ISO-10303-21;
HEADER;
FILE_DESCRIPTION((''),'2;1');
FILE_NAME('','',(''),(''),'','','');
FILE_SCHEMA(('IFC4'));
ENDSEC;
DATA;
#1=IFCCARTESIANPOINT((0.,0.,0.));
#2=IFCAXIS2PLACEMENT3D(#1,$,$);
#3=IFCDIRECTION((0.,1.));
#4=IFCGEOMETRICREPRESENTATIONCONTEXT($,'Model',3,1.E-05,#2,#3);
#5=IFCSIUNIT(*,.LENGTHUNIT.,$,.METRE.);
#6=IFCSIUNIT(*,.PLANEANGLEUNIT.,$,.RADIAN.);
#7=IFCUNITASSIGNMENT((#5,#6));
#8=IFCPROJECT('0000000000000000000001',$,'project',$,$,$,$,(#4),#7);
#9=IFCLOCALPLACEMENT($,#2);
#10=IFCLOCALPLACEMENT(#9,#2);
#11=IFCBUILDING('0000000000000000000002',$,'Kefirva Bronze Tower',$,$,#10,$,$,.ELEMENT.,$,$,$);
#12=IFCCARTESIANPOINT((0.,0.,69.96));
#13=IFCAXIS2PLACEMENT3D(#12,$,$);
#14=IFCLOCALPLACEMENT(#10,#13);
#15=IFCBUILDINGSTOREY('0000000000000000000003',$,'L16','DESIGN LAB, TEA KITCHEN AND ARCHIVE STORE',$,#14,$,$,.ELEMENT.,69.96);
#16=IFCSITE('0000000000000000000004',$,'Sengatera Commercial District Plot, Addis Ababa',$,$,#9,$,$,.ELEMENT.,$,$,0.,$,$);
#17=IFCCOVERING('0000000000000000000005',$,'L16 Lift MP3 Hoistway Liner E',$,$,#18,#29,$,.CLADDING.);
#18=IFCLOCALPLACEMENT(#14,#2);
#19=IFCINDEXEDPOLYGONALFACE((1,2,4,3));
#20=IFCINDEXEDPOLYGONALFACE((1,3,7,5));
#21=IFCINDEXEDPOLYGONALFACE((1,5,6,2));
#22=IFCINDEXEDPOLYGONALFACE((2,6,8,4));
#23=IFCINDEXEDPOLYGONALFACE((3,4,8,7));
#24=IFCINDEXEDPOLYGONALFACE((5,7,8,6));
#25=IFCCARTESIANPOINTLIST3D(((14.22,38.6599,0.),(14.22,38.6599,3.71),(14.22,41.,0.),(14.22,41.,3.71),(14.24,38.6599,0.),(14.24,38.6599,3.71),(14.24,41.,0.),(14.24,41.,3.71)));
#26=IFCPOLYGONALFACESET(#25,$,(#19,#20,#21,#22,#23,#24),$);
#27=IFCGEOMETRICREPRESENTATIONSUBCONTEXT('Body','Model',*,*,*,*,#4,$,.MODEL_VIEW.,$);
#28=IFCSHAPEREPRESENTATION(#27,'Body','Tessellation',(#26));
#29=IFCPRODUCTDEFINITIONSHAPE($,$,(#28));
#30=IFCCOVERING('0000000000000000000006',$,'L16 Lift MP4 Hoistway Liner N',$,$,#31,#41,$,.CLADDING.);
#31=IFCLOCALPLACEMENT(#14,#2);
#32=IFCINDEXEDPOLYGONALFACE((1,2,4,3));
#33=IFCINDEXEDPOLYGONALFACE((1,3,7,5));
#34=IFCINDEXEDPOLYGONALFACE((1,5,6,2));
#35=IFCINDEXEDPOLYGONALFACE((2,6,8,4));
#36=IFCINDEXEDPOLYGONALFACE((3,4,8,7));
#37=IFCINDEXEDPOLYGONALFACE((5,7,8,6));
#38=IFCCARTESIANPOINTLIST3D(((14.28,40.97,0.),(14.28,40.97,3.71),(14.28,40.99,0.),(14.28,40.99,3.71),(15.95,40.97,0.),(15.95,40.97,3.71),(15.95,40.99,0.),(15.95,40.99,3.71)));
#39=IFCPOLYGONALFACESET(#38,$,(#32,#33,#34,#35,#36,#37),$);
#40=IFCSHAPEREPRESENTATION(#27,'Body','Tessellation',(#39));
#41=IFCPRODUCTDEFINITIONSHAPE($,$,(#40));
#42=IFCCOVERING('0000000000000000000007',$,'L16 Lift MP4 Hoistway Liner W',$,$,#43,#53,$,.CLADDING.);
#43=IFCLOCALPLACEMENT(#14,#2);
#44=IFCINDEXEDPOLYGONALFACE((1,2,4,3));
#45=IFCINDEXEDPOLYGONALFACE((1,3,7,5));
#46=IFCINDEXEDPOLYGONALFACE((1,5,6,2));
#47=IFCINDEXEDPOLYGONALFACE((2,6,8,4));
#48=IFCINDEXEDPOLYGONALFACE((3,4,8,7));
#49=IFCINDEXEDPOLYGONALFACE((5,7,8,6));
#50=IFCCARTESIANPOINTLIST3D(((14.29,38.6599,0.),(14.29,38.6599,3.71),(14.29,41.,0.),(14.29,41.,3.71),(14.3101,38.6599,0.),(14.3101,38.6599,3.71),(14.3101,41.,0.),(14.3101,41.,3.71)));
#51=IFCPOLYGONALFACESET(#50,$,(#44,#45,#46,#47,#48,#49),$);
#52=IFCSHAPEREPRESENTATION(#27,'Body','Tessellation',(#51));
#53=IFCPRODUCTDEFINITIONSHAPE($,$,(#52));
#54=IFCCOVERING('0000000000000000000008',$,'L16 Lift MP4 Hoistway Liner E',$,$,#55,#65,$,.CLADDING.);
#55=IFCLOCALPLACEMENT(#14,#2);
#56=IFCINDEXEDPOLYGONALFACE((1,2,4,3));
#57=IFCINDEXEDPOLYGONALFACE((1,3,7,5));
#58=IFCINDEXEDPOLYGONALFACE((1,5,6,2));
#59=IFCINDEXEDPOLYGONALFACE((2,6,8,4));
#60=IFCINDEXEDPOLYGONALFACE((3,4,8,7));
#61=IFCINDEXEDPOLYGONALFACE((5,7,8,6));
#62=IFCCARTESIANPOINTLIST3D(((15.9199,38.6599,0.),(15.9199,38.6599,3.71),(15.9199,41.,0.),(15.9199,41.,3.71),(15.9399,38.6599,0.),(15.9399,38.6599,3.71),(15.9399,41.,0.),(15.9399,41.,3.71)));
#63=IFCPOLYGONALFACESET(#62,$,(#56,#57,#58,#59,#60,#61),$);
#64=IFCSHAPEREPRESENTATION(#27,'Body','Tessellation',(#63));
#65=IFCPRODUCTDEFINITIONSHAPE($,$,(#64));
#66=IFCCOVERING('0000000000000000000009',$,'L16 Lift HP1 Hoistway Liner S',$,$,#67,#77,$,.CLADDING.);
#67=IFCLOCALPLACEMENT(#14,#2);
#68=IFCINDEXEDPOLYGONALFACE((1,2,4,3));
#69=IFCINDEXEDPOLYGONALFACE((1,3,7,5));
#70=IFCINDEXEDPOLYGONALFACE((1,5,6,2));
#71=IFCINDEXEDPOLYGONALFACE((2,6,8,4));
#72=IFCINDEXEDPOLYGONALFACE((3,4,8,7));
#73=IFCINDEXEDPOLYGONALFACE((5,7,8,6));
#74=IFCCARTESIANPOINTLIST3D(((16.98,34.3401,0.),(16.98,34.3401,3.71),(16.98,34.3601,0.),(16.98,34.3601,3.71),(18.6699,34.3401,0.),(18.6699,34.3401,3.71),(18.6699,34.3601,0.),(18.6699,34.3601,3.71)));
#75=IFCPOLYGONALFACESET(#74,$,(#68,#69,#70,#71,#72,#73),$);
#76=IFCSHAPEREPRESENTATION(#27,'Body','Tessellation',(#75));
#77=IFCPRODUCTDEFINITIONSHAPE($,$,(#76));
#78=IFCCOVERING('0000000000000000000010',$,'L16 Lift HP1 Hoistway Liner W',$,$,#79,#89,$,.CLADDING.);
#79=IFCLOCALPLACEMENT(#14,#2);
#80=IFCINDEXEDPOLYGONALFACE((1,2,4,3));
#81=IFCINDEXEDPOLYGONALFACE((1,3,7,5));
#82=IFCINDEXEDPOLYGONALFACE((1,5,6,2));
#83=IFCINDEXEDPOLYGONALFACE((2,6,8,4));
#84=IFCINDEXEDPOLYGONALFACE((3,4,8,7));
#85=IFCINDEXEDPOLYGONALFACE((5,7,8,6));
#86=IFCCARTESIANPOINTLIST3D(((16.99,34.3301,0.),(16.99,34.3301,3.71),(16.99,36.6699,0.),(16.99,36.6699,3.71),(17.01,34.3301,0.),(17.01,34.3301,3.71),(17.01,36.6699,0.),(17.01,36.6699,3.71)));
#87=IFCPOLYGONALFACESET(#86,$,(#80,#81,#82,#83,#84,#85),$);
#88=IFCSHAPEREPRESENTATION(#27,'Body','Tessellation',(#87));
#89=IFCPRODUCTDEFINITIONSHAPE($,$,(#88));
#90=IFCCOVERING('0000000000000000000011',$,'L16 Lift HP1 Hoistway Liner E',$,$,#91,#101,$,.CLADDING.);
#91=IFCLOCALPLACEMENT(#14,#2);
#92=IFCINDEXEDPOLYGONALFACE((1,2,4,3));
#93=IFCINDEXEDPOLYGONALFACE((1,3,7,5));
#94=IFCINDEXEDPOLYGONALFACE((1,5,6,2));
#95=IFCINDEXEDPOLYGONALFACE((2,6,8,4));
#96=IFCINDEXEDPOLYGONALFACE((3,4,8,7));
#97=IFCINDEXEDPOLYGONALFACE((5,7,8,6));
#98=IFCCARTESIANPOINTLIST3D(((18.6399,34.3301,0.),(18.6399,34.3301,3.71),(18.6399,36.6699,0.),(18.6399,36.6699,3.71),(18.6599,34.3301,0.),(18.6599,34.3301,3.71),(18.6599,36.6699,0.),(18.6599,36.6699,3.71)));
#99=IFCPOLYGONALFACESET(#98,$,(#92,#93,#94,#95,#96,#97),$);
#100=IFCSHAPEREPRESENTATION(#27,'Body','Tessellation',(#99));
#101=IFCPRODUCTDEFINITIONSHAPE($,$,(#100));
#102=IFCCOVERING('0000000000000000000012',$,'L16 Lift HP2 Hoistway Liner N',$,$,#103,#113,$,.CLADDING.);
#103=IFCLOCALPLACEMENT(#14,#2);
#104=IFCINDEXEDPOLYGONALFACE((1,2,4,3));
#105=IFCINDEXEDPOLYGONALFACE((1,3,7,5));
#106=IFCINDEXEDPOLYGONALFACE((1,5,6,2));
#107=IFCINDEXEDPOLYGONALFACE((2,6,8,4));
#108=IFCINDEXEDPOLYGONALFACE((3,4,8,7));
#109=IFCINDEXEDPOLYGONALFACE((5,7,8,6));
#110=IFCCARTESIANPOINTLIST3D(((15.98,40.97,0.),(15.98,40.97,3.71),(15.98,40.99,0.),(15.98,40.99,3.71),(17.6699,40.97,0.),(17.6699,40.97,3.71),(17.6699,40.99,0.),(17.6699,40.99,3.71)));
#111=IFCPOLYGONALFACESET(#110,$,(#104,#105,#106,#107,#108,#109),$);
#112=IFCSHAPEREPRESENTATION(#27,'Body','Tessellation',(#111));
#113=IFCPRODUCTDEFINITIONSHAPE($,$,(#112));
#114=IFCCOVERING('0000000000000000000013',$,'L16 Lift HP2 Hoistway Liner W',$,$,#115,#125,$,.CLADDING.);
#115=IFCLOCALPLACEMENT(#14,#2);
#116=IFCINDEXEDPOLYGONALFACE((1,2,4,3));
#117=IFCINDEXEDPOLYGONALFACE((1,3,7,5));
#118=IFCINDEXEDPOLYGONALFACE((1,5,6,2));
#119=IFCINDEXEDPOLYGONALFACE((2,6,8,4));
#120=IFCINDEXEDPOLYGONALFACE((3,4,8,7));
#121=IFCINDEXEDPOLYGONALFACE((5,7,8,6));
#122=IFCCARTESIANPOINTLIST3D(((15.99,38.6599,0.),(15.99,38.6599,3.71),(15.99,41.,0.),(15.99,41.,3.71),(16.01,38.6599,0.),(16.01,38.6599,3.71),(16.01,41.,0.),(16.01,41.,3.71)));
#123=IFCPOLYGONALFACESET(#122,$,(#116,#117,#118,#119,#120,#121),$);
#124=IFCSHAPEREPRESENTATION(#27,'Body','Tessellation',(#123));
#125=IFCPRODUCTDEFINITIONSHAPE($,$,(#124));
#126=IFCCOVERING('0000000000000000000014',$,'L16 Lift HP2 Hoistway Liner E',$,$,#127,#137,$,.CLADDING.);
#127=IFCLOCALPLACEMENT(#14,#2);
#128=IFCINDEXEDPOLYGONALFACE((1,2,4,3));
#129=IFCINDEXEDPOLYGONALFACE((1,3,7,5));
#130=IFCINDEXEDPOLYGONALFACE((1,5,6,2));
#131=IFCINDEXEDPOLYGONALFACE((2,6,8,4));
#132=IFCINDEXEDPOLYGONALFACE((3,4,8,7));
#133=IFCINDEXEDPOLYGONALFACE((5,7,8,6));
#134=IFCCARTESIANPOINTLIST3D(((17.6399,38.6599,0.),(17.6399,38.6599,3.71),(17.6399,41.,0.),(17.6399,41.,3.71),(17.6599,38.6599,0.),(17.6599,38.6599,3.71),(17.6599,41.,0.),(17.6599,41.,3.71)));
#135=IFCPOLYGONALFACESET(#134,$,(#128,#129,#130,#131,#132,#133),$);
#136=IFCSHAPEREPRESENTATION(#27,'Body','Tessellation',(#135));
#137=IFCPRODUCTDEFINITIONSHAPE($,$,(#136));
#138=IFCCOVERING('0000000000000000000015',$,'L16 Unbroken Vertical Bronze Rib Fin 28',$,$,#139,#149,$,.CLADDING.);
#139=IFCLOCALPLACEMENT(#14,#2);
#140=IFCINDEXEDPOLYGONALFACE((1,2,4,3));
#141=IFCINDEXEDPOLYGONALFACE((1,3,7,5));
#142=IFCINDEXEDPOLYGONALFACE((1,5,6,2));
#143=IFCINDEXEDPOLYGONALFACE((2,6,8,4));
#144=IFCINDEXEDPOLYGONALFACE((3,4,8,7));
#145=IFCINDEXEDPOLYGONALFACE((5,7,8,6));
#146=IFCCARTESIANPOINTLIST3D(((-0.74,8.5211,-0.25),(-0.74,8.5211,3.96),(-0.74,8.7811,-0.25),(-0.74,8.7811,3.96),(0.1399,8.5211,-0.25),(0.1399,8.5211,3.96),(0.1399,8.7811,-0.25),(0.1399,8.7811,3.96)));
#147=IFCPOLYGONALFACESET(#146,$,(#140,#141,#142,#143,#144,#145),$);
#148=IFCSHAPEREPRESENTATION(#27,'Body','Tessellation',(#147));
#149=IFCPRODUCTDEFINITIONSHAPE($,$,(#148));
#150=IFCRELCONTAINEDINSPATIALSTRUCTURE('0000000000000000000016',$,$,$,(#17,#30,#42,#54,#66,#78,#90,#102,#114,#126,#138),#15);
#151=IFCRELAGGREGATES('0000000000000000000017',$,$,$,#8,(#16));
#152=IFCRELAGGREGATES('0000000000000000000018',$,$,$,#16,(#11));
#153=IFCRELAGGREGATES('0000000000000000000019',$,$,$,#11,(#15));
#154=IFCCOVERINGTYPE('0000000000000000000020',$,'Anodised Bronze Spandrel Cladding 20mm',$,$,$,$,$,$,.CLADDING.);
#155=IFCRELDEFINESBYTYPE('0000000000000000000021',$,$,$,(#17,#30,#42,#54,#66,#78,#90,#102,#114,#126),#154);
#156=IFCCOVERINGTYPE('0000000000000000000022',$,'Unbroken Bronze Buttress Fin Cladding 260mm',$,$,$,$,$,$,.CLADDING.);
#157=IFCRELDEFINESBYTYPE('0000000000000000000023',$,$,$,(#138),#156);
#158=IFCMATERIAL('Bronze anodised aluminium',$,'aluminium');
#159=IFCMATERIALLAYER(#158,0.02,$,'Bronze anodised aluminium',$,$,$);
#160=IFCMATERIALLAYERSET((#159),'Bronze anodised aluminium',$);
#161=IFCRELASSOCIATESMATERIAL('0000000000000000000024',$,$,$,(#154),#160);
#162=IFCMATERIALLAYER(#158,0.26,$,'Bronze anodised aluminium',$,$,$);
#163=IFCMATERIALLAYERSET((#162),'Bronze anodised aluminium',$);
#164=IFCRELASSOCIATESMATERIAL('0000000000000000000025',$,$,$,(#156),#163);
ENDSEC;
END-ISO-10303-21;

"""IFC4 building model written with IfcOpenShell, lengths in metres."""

from ifc_helpers import new_model, si_unit, direction, frame, origin, origin_2d, place, context, subcontext, project, spatial, polyline, rectangle, outline, extrude, material, layer, layer_set, type_object, element, save


model = new_model("IFC4")

# Units and contexts
model_context = context("Model", 3, precision=1e-05, world=origin(), true_north=direction((0.0, 1.0)))
body_context = subcontext(model_context, "Body", "Model", "MODEL_VIEW")
ifc_project = project(units=[si_unit("LENGTHUNIT", "METRE"), si_unit("PLANEANGLEUNIT", "RADIAN")], contexts=[model_context])

# Site, building, storey
site_placement = place(None, origin())
site = spatial("IfcSite", under=ifc_project, at=site_placement, Name="Sengatera Commercial District Plot, Addis Ababa", CompositionType="ELEMENT", RefElevation=0.0)
building_placement = place(site_placement, origin())
building = spatial("IfcBuilding", under=site, at=building_placement, Name="Kefirva Bronze Tower", CompositionType="ELEMENT")
storey_placement = place(building_placement, frame((0.0, 0.0, 69.96)))
storey = spatial("IfcBuildingStorey", under=building, at=storey_placement, Name="L16", Description="DESIGN LAB, TEA KITCHEN AND ARCHIVE STORE", CompositionType="ELEMENT", Elevation=69.96)

# Coverings
ifc_material = material(Name="Bronze anodised aluminium", Category="aluminium")
ifc_layer_1 = layer(ifc_material, 0.02, Name="Bronze anodised aluminium")
ifc_layer_set_1 = layer_set([ifc_layer_1], Name="Bronze anodised aluminium")
covering_type_1 = type_object("IfcCoveringType", Name="Anodised Bronze Spandrel Cladding 20mm", PredefinedType="CLADDING", material=ifc_layer_set_1)
covering_1_placement = place(storey_placement, origin())
element("IfcCovering", 1, at=covering_1_placement, inside=storey, type_object=covering_type_1, Name="L16 Lift MP3 Hoistway Liner E", PredefinedType="CLADDING", context=body_context, shape_type="SweptSolid", body=[
    extrude(outline(polyline([(14.22, 38.6599), (14.24, 38.6599), (14.24, 41.0), (14.22, 41.0), (14.22, 38.6599)])), origin(), (0.0, 0.0, 1.0), 3.71),
])
covering_2_placement = place(storey_placement, origin())
element("IfcCovering", 2, at=covering_2_placement, inside=storey, type_object=covering_type_1, Name="L16 Lift MP4 Hoistway Liner N", PredefinedType="CLADDING", context=body_context, shape_type="SweptSolid", body=[
    extrude(outline(polyline([(14.28, 40.97), (15.95, 40.97), (15.95, 40.99), (14.28, 40.99), (14.28, 40.97)])), origin(), (0.0, 0.0, 1.0), 3.71),
])
covering_3_placement = place(storey_placement, origin())
element("IfcCovering", 3, at=covering_3_placement, inside=storey, type_object=covering_type_1, Name="L16 Lift MP4 Hoistway Liner W", PredefinedType="CLADDING", context=body_context, shape_type="SweptSolid", body=[
    extrude(outline(polyline([(14.29, 38.6599), (14.3101, 38.6599), (14.3101, 41.0), (14.29, 41.0), (14.29, 38.6599)])), origin(), (0.0, 0.0, 1.0), 3.71),
])
covering_4_placement = place(storey_placement, origin())
element("IfcCovering", 4, at=covering_4_placement, inside=storey, type_object=covering_type_1, Name="L16 Lift MP4 Hoistway Liner E", PredefinedType="CLADDING", context=body_context, shape_type="SweptSolid", body=[
    extrude(outline(polyline([(15.9199, 38.6599), (15.9399, 38.6599), (15.9399, 41.0), (15.9199, 41.0), (15.9199, 38.6599)])), origin(), (0.0, 0.0, 1.0), 3.71),
])
covering_5_placement = place(storey_placement, origin())
element("IfcCovering", 5, at=covering_5_placement, inside=storey, type_object=covering_type_1, Name="L16 Lift HP1 Hoistway Liner S", PredefinedType="CLADDING", context=body_context, shape_type="SweptSolid", body=[
    extrude(outline(polyline([(16.98, 34.3401), (18.6699, 34.3401), (18.6699, 34.3601), (16.98, 34.3601), (16.98, 34.3401)])), origin(), (0.0, 0.0, 1.0), 3.71),
])
covering_6_placement = place(storey_placement, origin())
element("IfcCovering", 6, at=covering_6_placement, inside=storey, type_object=covering_type_1, Name="L16 Lift HP1 Hoistway Liner W", PredefinedType="CLADDING", context=body_context, shape_type="SweptSolid", body=[
    extrude(outline(polyline([(16.99, 34.3301), (17.01, 34.3301), (17.01, 36.6699), (16.99, 36.6699), (16.99, 34.3301)])), origin(), (0.0, 0.0, 1.0), 3.71),
])
covering_7_placement = place(storey_placement, origin())
element("IfcCovering", 7, at=covering_7_placement, inside=storey, type_object=covering_type_1, Name="L16 Lift HP1 Hoistway Liner E", PredefinedType="CLADDING", context=body_context, shape_type="SweptSolid", body=[
    extrude(outline(polyline([(18.6399, 34.3301), (18.6599, 34.3301), (18.6599, 36.6699), (18.6399, 36.6699), (18.6399, 34.3301)])), origin(), (0.0, 0.0, 1.0), 3.71),
])
covering_8_placement = place(storey_placement, origin())
element("IfcCovering", 8, at=covering_8_placement, inside=storey, type_object=covering_type_1, Name="L16 Lift HP2 Hoistway Liner N", PredefinedType="CLADDING", context=body_context, shape_type="SweptSolid", body=[
    extrude(outline(polyline([(15.98, 40.97), (17.6699, 40.97), (17.6699, 40.99), (15.98, 40.99), (15.98, 40.97)])), origin(), (0.0, 0.0, 1.0), 3.71),
])
covering_9_placement = place(storey_placement, origin())
element("IfcCovering", 9, at=covering_9_placement, inside=storey, type_object=covering_type_1, Name="L16 Lift HP2 Hoistway Liner W", PredefinedType="CLADDING", context=body_context, shape_type="SweptSolid", body=[
    extrude(outline(polyline([(15.99, 38.6599), (16.01, 38.6599), (16.01, 41.0), (15.99, 41.0), (15.99, 38.6599)])), origin(), (0.0, 0.0, 1.0), 3.71),
])
covering_10_placement = place(storey_placement, origin())
element("IfcCovering", 10, at=covering_10_placement, inside=storey, type_object=covering_type_1, Name="L16 Lift HP2 Hoistway Liner E", PredefinedType="CLADDING", context=body_context, shape_type="SweptSolid", body=[
    extrude(outline(polyline([(17.6399, 38.6599), (17.6599, 38.6599), (17.6599, 41.0), (17.6399, 41.0), (17.6399, 38.6599)])), origin(), (0.0, 0.0, 1.0), 3.71),
])
ifc_layer_2 = layer(ifc_material, 0.26, Name="Bronze anodised aluminium")
ifc_layer_set_2 = layer_set([ifc_layer_2], Name="Bronze anodised aluminium")
covering_type_2 = type_object("IfcCoveringType", Name="Unbroken Bronze Buttress Fin Cladding 260mm", PredefinedType="CLADDING", material=ifc_layer_set_2)
covering_11_placement = place(storey_placement, frame((-0.3, 8.6511, -0.25), z_axis=(0.0, 0.0, 1.0), x_axis=(0.0, -1.0, 0.0)))
element("IfcCovering", 11, at=covering_11_placement, inside=storey, type_object=covering_type_2, Name="L16 Unbroken Vertical Bronze Rib Fin 28", PredefinedType="CLADDING", context=body_context, shape_type="SweptSolid", body=[
    extrude(rectangle(XDim=0.26, YDim=0.8799, at=origin_2d()), origin(), (0.0, 0.0, 1.0), 4.21),
])

save(model, "model.ifc")
